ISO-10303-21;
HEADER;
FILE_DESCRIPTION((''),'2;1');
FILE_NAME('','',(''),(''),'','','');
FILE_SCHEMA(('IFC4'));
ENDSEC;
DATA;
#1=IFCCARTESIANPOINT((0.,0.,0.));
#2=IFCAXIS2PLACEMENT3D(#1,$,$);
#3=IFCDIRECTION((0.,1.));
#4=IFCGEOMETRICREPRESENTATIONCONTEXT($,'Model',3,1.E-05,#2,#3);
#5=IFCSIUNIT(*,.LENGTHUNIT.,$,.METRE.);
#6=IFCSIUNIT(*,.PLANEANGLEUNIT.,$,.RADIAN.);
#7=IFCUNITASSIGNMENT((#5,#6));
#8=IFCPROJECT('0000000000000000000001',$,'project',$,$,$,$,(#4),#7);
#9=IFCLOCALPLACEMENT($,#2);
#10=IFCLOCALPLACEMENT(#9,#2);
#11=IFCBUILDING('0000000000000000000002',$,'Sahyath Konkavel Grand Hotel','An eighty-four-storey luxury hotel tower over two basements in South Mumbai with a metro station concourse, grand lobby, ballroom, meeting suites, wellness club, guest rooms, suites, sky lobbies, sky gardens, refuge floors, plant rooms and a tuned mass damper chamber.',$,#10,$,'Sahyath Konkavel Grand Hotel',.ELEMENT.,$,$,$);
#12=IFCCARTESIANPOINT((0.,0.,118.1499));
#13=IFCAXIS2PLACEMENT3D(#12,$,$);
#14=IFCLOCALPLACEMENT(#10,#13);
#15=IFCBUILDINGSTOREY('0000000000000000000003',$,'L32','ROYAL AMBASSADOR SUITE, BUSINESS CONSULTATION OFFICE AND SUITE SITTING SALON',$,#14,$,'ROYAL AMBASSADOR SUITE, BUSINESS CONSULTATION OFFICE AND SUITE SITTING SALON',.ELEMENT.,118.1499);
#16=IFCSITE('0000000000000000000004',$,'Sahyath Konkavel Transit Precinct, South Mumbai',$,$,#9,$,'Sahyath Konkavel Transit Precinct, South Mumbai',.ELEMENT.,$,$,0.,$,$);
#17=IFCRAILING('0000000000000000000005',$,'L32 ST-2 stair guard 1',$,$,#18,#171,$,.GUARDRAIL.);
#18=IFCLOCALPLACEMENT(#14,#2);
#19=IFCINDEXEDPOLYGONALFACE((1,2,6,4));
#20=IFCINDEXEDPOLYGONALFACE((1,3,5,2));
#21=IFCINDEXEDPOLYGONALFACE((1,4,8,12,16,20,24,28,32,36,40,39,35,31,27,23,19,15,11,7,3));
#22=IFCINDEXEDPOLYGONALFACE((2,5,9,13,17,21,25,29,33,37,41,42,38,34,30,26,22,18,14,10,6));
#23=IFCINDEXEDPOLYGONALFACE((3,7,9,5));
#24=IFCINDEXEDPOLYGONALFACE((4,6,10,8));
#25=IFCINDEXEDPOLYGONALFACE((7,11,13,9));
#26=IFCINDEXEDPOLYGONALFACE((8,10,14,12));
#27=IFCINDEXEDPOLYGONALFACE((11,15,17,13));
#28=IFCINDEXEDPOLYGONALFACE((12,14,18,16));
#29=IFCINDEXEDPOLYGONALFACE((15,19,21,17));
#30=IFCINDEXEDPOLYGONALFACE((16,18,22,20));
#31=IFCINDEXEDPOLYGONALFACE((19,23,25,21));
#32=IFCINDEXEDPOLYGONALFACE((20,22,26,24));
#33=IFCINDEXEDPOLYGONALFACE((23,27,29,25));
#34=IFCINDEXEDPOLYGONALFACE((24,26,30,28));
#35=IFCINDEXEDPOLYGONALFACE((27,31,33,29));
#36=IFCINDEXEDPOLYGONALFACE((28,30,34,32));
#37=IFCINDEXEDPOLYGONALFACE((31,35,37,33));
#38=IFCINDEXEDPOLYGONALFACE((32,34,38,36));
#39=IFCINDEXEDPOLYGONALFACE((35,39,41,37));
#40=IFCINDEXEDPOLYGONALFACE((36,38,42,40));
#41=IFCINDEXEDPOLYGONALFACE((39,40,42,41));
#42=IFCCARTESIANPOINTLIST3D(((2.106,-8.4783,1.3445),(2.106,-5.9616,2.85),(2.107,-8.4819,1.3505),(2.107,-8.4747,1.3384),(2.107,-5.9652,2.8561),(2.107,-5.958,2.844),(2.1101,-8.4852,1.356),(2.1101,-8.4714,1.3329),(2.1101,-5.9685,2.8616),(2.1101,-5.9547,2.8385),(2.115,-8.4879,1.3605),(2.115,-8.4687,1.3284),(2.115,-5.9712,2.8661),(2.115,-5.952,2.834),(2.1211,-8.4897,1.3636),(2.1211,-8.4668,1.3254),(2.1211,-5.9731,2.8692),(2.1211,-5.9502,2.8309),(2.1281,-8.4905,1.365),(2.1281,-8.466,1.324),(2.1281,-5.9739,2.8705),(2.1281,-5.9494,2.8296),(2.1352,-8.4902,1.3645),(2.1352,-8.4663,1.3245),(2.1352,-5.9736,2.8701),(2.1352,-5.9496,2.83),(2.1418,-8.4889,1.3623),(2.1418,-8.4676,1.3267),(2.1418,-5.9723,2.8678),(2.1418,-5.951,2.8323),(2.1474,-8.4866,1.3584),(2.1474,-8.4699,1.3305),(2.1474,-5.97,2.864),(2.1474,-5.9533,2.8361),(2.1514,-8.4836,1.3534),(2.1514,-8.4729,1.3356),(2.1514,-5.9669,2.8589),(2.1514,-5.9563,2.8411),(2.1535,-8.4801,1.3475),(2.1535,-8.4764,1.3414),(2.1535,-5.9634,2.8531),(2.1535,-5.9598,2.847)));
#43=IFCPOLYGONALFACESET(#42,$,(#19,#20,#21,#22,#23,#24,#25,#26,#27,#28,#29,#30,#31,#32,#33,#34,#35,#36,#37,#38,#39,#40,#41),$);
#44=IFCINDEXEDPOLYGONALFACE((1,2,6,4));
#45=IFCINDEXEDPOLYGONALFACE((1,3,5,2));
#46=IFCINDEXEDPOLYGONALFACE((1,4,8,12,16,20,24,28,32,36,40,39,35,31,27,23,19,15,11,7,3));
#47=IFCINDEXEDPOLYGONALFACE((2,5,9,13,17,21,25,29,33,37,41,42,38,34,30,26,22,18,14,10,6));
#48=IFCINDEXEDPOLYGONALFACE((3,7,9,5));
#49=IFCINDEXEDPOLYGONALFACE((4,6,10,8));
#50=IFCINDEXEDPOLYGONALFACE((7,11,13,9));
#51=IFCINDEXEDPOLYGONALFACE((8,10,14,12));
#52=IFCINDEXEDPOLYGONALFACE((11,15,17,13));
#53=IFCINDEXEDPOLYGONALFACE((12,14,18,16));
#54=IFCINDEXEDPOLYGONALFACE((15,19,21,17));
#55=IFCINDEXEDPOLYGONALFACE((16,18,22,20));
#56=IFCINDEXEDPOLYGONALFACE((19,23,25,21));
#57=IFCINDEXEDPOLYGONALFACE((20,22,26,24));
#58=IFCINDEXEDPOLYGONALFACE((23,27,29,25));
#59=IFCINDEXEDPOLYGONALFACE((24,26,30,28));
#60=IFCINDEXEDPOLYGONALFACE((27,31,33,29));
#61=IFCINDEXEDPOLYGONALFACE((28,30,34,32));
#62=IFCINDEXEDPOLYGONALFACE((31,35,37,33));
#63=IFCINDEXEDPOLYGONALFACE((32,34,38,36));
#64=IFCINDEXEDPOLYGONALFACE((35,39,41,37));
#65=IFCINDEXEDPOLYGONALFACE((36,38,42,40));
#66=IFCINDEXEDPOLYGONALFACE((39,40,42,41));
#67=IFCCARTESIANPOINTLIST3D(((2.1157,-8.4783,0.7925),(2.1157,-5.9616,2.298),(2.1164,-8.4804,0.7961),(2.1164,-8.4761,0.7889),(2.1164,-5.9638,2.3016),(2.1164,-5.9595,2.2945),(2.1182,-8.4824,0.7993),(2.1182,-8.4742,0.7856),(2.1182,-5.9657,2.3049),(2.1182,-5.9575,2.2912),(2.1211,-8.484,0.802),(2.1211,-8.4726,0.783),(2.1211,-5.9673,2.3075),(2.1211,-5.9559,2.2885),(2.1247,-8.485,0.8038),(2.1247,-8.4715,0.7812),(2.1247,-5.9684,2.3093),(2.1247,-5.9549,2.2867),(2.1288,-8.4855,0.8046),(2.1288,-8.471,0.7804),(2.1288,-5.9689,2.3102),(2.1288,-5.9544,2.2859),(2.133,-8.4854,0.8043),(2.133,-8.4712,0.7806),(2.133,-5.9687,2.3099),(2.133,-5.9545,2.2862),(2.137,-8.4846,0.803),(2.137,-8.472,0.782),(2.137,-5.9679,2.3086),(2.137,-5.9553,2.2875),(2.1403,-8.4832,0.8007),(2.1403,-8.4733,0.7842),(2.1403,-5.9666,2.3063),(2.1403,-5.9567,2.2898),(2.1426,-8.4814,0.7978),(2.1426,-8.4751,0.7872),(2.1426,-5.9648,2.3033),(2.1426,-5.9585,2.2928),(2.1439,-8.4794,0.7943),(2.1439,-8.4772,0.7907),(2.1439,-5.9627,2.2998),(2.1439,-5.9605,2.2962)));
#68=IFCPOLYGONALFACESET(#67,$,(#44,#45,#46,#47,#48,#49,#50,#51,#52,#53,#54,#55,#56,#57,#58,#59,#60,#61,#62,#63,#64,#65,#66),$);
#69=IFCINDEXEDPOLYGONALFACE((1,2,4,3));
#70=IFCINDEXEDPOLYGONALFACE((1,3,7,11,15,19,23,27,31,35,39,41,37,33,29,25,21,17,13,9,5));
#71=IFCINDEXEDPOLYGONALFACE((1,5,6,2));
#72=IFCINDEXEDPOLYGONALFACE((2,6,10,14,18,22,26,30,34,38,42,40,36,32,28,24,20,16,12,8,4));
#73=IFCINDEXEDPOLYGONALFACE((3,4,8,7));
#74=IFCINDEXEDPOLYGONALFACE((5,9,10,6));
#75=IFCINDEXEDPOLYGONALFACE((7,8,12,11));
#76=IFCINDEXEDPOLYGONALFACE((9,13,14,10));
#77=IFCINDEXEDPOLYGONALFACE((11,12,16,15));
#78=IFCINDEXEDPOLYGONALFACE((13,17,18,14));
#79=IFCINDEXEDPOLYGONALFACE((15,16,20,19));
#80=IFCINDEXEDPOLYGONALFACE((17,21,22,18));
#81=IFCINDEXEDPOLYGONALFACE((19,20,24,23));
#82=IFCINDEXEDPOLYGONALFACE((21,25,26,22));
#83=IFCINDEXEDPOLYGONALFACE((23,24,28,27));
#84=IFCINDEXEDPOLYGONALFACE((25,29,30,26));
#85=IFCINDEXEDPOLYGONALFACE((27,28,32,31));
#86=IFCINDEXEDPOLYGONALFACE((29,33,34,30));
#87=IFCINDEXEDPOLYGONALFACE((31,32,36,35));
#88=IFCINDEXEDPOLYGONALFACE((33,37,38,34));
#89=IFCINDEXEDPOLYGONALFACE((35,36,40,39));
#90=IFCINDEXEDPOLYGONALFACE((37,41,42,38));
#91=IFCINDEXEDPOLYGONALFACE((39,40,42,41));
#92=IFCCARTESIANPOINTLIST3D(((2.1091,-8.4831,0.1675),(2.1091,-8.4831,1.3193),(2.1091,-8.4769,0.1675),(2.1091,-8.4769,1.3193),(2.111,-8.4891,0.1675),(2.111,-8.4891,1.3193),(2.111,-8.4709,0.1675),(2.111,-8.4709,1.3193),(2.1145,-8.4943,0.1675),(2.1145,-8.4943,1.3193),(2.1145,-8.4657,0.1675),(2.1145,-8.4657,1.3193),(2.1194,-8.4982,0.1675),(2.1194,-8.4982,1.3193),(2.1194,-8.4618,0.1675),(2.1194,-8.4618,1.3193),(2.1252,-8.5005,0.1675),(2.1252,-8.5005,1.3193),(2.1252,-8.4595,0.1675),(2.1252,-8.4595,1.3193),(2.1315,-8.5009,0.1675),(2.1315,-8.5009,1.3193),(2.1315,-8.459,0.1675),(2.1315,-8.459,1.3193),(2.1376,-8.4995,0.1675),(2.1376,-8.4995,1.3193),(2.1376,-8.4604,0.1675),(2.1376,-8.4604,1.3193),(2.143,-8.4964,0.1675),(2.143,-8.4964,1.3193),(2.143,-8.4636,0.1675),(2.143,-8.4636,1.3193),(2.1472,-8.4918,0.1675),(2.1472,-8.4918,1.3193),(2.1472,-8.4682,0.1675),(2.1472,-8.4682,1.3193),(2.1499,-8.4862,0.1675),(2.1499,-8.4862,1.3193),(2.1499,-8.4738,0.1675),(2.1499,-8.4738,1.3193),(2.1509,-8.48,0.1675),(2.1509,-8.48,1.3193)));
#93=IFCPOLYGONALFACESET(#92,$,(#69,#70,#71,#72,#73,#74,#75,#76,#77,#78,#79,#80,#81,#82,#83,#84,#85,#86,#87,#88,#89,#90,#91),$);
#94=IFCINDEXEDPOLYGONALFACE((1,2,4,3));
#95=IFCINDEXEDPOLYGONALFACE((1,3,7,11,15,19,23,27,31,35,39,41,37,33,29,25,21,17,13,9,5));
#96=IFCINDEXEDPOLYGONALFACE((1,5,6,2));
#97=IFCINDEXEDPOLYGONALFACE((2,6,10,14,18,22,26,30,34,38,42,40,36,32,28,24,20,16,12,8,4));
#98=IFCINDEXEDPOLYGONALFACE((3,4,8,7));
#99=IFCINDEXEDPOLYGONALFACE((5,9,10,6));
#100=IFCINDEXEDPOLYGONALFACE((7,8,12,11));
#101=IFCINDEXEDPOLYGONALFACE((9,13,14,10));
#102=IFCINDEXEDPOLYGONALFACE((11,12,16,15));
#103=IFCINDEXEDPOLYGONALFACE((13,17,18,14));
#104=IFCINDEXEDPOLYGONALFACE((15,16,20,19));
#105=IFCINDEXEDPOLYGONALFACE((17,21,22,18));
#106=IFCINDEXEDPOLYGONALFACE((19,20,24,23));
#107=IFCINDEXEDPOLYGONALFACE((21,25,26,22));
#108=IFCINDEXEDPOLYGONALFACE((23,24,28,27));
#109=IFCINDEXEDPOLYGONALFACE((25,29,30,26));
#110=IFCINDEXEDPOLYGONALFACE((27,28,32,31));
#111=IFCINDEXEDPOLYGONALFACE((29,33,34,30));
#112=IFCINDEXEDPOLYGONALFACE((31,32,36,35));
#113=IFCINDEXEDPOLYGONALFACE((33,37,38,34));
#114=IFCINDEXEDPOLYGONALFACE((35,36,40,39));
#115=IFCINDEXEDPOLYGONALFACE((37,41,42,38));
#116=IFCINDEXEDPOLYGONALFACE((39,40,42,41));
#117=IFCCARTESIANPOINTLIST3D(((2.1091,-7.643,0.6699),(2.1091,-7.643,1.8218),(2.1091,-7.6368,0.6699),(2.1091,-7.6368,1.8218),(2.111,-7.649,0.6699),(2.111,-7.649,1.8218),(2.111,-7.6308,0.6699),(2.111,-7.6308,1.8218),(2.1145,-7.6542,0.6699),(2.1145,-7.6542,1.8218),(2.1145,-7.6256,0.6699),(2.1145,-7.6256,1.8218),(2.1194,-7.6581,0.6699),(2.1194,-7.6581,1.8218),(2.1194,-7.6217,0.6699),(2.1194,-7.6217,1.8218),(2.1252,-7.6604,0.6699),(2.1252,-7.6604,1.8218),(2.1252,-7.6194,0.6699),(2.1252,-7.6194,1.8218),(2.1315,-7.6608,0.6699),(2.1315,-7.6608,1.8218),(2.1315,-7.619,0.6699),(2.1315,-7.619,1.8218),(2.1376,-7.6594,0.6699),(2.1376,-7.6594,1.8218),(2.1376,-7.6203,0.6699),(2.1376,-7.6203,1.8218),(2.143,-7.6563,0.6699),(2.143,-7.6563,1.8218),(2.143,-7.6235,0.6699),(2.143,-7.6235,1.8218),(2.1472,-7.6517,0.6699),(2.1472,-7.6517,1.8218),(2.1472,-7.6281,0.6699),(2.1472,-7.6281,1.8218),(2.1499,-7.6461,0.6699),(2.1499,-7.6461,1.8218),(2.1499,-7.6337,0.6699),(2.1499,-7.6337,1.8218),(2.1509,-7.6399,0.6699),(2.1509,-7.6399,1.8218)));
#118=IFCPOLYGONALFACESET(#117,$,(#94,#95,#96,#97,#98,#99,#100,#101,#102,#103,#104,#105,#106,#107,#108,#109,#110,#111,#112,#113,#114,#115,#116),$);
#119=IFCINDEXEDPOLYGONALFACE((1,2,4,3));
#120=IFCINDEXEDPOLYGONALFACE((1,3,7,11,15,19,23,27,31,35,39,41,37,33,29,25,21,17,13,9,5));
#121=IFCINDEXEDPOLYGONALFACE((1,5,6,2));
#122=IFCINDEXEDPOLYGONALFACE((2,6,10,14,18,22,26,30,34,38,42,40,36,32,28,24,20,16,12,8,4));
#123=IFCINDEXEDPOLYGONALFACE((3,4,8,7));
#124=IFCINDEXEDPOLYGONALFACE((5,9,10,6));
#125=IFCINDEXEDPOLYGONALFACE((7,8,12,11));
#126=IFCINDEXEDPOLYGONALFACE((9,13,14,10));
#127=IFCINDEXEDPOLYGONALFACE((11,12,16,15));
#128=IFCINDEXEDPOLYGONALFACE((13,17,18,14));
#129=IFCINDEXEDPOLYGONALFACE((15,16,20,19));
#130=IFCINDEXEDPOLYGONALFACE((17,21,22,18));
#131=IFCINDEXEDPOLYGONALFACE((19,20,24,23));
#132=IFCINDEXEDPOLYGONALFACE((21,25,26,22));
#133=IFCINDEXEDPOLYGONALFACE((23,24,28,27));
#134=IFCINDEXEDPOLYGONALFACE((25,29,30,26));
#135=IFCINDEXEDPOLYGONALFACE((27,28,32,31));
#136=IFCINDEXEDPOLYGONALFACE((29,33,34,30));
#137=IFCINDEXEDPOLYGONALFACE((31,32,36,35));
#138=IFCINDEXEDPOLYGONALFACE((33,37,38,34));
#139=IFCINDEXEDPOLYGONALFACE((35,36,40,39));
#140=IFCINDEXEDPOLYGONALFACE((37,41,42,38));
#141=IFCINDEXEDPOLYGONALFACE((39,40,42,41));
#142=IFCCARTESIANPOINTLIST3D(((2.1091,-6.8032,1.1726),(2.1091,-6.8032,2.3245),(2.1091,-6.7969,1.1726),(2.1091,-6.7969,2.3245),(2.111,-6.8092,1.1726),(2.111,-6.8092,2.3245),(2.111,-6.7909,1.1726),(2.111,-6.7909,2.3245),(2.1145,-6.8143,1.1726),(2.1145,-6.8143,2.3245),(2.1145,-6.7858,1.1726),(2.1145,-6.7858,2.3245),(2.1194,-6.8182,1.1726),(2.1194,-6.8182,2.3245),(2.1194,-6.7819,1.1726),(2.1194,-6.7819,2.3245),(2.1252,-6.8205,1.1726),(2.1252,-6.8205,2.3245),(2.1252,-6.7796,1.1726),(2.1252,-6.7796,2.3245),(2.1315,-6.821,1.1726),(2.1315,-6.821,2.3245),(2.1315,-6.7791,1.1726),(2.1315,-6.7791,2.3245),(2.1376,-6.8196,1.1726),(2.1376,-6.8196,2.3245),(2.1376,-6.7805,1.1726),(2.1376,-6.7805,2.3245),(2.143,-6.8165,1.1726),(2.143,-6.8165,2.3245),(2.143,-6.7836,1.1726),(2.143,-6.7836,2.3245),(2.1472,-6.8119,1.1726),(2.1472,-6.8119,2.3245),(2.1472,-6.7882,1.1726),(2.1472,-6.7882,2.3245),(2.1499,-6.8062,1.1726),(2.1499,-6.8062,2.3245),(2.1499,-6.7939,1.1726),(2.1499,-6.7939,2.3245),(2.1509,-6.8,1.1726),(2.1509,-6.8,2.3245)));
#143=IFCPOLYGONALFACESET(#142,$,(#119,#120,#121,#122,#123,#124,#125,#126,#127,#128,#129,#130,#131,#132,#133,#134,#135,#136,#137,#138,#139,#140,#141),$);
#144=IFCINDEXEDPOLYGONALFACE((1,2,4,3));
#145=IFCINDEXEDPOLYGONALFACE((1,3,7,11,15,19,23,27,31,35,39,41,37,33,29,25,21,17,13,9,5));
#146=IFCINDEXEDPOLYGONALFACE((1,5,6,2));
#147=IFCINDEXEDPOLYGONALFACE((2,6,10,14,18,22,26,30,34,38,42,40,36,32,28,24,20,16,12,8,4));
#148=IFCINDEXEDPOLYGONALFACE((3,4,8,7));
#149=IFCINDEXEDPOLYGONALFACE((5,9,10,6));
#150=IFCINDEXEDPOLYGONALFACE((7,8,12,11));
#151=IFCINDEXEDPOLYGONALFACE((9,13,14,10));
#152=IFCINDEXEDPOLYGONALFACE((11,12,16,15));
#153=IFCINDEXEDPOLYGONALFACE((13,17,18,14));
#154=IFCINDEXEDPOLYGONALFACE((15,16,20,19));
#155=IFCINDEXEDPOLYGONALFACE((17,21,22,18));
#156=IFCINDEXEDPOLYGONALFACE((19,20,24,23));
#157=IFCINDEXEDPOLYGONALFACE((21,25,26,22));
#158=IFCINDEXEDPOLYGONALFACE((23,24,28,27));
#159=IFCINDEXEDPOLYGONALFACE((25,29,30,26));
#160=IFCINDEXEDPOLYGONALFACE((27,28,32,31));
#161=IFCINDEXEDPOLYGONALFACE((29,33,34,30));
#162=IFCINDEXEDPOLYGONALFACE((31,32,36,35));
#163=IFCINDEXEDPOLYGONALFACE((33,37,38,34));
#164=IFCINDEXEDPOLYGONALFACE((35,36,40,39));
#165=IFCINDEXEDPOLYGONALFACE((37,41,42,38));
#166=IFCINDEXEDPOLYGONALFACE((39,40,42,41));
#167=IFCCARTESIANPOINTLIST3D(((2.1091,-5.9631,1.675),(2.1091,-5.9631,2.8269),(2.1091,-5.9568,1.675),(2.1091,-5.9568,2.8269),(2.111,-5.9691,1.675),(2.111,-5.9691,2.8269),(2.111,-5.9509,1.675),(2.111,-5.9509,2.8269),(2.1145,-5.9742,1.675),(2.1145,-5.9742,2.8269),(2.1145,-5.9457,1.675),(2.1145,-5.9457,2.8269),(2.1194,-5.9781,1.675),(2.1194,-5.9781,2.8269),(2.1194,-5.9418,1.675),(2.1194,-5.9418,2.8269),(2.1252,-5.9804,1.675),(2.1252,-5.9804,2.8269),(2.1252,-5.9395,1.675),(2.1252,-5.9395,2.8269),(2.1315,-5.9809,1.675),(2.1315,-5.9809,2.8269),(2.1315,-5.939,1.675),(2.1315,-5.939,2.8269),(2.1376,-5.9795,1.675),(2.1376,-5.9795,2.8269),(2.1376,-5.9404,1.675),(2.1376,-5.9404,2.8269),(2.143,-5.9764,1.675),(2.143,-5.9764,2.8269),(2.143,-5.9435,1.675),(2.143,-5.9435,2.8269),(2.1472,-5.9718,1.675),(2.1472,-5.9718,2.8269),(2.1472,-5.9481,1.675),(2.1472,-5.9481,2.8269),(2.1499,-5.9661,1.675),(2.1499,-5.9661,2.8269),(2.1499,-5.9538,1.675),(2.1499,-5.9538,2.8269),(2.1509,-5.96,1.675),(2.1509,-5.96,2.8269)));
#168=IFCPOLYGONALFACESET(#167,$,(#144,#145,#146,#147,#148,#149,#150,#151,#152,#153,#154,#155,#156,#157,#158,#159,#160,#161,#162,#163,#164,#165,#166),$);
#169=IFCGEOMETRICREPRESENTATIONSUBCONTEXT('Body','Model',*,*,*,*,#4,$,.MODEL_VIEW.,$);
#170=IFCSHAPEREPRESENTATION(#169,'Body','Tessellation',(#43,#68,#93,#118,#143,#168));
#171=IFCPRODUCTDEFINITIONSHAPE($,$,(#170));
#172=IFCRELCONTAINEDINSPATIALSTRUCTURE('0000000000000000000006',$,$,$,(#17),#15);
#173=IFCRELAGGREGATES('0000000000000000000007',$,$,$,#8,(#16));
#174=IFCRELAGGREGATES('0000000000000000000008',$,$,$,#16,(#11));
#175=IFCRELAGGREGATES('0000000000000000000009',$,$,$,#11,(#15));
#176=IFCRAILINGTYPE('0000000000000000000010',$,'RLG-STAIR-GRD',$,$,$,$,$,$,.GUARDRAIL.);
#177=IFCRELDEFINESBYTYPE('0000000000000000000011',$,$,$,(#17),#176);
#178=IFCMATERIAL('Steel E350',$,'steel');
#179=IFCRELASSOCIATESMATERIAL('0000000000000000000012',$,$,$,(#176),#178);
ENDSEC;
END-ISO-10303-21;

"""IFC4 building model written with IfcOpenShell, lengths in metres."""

from ifc_helpers import new_model, si_unit, direction, frame, origin, origin_2d, place, context, subcontext, project, spatial, circle, extrude, material, type_object, element, save


model = new_model("IFC4")

# Units and contexts
model_context = context("Model", 3, precision=1e-05, world=origin(), true_north=direction((0.0, 1.0)))
body_context = subcontext(model_context, "Body", "Model", "MODEL_VIEW")
ifc_project = project(units=[si_unit("LENGTHUNIT", "METRE"), si_unit("PLANEANGLEUNIT", "RADIAN")], contexts=[model_context])

# Site, building, storey
site_placement = place(None, origin())
site = spatial("IfcSite", under=ifc_project, at=site_placement, Name="Sahyath Konkavel Transit Precinct, South Mumbai", LongName="Sahyath Konkavel Transit Precinct, South Mumbai", CompositionType="ELEMENT", RefElevation=0.0)
building_placement = place(site_placement, origin())
building = spatial("IfcBuilding", under=site, at=building_placement, Name="Sahyath Konkavel Grand Hotel", Description="An eighty-four-storey luxury hotel tower over two basements in South Mumbai with a metro station concourse, grand lobby, ballroom, meeting suites, wellness club, guest rooms, suites, sky lobbies, sky gardens, refuge floors, plant rooms and a tuned mass damper chamber.", LongName="Sahyath Konkavel Grand Hotel", CompositionType="ELEMENT")
storey_placement = place(building_placement, frame((0.0, 0.0, 118.1499)))
storey = spatial("IfcBuildingStorey", under=building, at=storey_placement, Name="L32", Description="ROYAL AMBASSADOR SUITE, BUSINESS CONSULTATION OFFICE AND SUITE SITTING SALON", LongName="ROYAL AMBASSADOR SUITE, BUSINESS CONSULTATION OFFICE AND SUITE SITTING SALON", CompositionType="ELEMENT", Elevation=118.1499)

# Shared definitions
ifc_material_1 = material(Name="Steel E350", Category="steel")

# Railing
railing_type_1 = type_object("IfcRailingType", Name="RLG-STAIR-GRD", PredefinedType="GUARDRAIL", material=ifc_material_1)
railing_1_placement = place(storey_placement, frame((2.1299, -8.48, 0.1675)))
element("IfcRailing", 1, at=railing_1_placement, inside=storey, type_object=railing_type_1, Name="L32 ST-2 stair guard 1", PredefinedType="GUARDRAIL", context=body_context, shape_type="SweptSolid", body=[
    extrude(circle(Radius=0.0239, at=origin_2d()), frame((0.0, 0.0017, 1.177), z_axis=(0.0, 0.85816, 0.513383), x_axis=(-1.0, 0.0, 0.0)), (0.0, 0.0, 1.0), 2.9326),
    extrude(circle(Radius=0.0142, at=origin_2d()), frame((0.0, 0.0017, 0.625), z_axis=(0.0, 0.85816, 0.513383), x_axis=(-1.0, 0.0, 0.0)), (0.0, 0.0, 1.0), 2.9326),
    extrude(circle(Radius=0.021, at=origin_2d()), origin(), (0.0, 0.0, 1.0), 1.1519),
    extrude(circle(Radius=0.021, at=origin_2d()), frame((0.0, 0.8401, 0.5024)), (0.0, 0.0, 1.0), 1.1519),
    extrude(circle(Radius=0.021, at=origin_2d()), frame((0.0, 1.6799, 1.0051)), (0.0, 0.0, 1.0), 1.1519),
    extrude(circle(Radius=0.021, at=origin_2d()), frame((0.0, 2.52, 1.5076)), (0.0, 0.0, 1.0), 1.1519),
])

save(model, "model.ifc")
